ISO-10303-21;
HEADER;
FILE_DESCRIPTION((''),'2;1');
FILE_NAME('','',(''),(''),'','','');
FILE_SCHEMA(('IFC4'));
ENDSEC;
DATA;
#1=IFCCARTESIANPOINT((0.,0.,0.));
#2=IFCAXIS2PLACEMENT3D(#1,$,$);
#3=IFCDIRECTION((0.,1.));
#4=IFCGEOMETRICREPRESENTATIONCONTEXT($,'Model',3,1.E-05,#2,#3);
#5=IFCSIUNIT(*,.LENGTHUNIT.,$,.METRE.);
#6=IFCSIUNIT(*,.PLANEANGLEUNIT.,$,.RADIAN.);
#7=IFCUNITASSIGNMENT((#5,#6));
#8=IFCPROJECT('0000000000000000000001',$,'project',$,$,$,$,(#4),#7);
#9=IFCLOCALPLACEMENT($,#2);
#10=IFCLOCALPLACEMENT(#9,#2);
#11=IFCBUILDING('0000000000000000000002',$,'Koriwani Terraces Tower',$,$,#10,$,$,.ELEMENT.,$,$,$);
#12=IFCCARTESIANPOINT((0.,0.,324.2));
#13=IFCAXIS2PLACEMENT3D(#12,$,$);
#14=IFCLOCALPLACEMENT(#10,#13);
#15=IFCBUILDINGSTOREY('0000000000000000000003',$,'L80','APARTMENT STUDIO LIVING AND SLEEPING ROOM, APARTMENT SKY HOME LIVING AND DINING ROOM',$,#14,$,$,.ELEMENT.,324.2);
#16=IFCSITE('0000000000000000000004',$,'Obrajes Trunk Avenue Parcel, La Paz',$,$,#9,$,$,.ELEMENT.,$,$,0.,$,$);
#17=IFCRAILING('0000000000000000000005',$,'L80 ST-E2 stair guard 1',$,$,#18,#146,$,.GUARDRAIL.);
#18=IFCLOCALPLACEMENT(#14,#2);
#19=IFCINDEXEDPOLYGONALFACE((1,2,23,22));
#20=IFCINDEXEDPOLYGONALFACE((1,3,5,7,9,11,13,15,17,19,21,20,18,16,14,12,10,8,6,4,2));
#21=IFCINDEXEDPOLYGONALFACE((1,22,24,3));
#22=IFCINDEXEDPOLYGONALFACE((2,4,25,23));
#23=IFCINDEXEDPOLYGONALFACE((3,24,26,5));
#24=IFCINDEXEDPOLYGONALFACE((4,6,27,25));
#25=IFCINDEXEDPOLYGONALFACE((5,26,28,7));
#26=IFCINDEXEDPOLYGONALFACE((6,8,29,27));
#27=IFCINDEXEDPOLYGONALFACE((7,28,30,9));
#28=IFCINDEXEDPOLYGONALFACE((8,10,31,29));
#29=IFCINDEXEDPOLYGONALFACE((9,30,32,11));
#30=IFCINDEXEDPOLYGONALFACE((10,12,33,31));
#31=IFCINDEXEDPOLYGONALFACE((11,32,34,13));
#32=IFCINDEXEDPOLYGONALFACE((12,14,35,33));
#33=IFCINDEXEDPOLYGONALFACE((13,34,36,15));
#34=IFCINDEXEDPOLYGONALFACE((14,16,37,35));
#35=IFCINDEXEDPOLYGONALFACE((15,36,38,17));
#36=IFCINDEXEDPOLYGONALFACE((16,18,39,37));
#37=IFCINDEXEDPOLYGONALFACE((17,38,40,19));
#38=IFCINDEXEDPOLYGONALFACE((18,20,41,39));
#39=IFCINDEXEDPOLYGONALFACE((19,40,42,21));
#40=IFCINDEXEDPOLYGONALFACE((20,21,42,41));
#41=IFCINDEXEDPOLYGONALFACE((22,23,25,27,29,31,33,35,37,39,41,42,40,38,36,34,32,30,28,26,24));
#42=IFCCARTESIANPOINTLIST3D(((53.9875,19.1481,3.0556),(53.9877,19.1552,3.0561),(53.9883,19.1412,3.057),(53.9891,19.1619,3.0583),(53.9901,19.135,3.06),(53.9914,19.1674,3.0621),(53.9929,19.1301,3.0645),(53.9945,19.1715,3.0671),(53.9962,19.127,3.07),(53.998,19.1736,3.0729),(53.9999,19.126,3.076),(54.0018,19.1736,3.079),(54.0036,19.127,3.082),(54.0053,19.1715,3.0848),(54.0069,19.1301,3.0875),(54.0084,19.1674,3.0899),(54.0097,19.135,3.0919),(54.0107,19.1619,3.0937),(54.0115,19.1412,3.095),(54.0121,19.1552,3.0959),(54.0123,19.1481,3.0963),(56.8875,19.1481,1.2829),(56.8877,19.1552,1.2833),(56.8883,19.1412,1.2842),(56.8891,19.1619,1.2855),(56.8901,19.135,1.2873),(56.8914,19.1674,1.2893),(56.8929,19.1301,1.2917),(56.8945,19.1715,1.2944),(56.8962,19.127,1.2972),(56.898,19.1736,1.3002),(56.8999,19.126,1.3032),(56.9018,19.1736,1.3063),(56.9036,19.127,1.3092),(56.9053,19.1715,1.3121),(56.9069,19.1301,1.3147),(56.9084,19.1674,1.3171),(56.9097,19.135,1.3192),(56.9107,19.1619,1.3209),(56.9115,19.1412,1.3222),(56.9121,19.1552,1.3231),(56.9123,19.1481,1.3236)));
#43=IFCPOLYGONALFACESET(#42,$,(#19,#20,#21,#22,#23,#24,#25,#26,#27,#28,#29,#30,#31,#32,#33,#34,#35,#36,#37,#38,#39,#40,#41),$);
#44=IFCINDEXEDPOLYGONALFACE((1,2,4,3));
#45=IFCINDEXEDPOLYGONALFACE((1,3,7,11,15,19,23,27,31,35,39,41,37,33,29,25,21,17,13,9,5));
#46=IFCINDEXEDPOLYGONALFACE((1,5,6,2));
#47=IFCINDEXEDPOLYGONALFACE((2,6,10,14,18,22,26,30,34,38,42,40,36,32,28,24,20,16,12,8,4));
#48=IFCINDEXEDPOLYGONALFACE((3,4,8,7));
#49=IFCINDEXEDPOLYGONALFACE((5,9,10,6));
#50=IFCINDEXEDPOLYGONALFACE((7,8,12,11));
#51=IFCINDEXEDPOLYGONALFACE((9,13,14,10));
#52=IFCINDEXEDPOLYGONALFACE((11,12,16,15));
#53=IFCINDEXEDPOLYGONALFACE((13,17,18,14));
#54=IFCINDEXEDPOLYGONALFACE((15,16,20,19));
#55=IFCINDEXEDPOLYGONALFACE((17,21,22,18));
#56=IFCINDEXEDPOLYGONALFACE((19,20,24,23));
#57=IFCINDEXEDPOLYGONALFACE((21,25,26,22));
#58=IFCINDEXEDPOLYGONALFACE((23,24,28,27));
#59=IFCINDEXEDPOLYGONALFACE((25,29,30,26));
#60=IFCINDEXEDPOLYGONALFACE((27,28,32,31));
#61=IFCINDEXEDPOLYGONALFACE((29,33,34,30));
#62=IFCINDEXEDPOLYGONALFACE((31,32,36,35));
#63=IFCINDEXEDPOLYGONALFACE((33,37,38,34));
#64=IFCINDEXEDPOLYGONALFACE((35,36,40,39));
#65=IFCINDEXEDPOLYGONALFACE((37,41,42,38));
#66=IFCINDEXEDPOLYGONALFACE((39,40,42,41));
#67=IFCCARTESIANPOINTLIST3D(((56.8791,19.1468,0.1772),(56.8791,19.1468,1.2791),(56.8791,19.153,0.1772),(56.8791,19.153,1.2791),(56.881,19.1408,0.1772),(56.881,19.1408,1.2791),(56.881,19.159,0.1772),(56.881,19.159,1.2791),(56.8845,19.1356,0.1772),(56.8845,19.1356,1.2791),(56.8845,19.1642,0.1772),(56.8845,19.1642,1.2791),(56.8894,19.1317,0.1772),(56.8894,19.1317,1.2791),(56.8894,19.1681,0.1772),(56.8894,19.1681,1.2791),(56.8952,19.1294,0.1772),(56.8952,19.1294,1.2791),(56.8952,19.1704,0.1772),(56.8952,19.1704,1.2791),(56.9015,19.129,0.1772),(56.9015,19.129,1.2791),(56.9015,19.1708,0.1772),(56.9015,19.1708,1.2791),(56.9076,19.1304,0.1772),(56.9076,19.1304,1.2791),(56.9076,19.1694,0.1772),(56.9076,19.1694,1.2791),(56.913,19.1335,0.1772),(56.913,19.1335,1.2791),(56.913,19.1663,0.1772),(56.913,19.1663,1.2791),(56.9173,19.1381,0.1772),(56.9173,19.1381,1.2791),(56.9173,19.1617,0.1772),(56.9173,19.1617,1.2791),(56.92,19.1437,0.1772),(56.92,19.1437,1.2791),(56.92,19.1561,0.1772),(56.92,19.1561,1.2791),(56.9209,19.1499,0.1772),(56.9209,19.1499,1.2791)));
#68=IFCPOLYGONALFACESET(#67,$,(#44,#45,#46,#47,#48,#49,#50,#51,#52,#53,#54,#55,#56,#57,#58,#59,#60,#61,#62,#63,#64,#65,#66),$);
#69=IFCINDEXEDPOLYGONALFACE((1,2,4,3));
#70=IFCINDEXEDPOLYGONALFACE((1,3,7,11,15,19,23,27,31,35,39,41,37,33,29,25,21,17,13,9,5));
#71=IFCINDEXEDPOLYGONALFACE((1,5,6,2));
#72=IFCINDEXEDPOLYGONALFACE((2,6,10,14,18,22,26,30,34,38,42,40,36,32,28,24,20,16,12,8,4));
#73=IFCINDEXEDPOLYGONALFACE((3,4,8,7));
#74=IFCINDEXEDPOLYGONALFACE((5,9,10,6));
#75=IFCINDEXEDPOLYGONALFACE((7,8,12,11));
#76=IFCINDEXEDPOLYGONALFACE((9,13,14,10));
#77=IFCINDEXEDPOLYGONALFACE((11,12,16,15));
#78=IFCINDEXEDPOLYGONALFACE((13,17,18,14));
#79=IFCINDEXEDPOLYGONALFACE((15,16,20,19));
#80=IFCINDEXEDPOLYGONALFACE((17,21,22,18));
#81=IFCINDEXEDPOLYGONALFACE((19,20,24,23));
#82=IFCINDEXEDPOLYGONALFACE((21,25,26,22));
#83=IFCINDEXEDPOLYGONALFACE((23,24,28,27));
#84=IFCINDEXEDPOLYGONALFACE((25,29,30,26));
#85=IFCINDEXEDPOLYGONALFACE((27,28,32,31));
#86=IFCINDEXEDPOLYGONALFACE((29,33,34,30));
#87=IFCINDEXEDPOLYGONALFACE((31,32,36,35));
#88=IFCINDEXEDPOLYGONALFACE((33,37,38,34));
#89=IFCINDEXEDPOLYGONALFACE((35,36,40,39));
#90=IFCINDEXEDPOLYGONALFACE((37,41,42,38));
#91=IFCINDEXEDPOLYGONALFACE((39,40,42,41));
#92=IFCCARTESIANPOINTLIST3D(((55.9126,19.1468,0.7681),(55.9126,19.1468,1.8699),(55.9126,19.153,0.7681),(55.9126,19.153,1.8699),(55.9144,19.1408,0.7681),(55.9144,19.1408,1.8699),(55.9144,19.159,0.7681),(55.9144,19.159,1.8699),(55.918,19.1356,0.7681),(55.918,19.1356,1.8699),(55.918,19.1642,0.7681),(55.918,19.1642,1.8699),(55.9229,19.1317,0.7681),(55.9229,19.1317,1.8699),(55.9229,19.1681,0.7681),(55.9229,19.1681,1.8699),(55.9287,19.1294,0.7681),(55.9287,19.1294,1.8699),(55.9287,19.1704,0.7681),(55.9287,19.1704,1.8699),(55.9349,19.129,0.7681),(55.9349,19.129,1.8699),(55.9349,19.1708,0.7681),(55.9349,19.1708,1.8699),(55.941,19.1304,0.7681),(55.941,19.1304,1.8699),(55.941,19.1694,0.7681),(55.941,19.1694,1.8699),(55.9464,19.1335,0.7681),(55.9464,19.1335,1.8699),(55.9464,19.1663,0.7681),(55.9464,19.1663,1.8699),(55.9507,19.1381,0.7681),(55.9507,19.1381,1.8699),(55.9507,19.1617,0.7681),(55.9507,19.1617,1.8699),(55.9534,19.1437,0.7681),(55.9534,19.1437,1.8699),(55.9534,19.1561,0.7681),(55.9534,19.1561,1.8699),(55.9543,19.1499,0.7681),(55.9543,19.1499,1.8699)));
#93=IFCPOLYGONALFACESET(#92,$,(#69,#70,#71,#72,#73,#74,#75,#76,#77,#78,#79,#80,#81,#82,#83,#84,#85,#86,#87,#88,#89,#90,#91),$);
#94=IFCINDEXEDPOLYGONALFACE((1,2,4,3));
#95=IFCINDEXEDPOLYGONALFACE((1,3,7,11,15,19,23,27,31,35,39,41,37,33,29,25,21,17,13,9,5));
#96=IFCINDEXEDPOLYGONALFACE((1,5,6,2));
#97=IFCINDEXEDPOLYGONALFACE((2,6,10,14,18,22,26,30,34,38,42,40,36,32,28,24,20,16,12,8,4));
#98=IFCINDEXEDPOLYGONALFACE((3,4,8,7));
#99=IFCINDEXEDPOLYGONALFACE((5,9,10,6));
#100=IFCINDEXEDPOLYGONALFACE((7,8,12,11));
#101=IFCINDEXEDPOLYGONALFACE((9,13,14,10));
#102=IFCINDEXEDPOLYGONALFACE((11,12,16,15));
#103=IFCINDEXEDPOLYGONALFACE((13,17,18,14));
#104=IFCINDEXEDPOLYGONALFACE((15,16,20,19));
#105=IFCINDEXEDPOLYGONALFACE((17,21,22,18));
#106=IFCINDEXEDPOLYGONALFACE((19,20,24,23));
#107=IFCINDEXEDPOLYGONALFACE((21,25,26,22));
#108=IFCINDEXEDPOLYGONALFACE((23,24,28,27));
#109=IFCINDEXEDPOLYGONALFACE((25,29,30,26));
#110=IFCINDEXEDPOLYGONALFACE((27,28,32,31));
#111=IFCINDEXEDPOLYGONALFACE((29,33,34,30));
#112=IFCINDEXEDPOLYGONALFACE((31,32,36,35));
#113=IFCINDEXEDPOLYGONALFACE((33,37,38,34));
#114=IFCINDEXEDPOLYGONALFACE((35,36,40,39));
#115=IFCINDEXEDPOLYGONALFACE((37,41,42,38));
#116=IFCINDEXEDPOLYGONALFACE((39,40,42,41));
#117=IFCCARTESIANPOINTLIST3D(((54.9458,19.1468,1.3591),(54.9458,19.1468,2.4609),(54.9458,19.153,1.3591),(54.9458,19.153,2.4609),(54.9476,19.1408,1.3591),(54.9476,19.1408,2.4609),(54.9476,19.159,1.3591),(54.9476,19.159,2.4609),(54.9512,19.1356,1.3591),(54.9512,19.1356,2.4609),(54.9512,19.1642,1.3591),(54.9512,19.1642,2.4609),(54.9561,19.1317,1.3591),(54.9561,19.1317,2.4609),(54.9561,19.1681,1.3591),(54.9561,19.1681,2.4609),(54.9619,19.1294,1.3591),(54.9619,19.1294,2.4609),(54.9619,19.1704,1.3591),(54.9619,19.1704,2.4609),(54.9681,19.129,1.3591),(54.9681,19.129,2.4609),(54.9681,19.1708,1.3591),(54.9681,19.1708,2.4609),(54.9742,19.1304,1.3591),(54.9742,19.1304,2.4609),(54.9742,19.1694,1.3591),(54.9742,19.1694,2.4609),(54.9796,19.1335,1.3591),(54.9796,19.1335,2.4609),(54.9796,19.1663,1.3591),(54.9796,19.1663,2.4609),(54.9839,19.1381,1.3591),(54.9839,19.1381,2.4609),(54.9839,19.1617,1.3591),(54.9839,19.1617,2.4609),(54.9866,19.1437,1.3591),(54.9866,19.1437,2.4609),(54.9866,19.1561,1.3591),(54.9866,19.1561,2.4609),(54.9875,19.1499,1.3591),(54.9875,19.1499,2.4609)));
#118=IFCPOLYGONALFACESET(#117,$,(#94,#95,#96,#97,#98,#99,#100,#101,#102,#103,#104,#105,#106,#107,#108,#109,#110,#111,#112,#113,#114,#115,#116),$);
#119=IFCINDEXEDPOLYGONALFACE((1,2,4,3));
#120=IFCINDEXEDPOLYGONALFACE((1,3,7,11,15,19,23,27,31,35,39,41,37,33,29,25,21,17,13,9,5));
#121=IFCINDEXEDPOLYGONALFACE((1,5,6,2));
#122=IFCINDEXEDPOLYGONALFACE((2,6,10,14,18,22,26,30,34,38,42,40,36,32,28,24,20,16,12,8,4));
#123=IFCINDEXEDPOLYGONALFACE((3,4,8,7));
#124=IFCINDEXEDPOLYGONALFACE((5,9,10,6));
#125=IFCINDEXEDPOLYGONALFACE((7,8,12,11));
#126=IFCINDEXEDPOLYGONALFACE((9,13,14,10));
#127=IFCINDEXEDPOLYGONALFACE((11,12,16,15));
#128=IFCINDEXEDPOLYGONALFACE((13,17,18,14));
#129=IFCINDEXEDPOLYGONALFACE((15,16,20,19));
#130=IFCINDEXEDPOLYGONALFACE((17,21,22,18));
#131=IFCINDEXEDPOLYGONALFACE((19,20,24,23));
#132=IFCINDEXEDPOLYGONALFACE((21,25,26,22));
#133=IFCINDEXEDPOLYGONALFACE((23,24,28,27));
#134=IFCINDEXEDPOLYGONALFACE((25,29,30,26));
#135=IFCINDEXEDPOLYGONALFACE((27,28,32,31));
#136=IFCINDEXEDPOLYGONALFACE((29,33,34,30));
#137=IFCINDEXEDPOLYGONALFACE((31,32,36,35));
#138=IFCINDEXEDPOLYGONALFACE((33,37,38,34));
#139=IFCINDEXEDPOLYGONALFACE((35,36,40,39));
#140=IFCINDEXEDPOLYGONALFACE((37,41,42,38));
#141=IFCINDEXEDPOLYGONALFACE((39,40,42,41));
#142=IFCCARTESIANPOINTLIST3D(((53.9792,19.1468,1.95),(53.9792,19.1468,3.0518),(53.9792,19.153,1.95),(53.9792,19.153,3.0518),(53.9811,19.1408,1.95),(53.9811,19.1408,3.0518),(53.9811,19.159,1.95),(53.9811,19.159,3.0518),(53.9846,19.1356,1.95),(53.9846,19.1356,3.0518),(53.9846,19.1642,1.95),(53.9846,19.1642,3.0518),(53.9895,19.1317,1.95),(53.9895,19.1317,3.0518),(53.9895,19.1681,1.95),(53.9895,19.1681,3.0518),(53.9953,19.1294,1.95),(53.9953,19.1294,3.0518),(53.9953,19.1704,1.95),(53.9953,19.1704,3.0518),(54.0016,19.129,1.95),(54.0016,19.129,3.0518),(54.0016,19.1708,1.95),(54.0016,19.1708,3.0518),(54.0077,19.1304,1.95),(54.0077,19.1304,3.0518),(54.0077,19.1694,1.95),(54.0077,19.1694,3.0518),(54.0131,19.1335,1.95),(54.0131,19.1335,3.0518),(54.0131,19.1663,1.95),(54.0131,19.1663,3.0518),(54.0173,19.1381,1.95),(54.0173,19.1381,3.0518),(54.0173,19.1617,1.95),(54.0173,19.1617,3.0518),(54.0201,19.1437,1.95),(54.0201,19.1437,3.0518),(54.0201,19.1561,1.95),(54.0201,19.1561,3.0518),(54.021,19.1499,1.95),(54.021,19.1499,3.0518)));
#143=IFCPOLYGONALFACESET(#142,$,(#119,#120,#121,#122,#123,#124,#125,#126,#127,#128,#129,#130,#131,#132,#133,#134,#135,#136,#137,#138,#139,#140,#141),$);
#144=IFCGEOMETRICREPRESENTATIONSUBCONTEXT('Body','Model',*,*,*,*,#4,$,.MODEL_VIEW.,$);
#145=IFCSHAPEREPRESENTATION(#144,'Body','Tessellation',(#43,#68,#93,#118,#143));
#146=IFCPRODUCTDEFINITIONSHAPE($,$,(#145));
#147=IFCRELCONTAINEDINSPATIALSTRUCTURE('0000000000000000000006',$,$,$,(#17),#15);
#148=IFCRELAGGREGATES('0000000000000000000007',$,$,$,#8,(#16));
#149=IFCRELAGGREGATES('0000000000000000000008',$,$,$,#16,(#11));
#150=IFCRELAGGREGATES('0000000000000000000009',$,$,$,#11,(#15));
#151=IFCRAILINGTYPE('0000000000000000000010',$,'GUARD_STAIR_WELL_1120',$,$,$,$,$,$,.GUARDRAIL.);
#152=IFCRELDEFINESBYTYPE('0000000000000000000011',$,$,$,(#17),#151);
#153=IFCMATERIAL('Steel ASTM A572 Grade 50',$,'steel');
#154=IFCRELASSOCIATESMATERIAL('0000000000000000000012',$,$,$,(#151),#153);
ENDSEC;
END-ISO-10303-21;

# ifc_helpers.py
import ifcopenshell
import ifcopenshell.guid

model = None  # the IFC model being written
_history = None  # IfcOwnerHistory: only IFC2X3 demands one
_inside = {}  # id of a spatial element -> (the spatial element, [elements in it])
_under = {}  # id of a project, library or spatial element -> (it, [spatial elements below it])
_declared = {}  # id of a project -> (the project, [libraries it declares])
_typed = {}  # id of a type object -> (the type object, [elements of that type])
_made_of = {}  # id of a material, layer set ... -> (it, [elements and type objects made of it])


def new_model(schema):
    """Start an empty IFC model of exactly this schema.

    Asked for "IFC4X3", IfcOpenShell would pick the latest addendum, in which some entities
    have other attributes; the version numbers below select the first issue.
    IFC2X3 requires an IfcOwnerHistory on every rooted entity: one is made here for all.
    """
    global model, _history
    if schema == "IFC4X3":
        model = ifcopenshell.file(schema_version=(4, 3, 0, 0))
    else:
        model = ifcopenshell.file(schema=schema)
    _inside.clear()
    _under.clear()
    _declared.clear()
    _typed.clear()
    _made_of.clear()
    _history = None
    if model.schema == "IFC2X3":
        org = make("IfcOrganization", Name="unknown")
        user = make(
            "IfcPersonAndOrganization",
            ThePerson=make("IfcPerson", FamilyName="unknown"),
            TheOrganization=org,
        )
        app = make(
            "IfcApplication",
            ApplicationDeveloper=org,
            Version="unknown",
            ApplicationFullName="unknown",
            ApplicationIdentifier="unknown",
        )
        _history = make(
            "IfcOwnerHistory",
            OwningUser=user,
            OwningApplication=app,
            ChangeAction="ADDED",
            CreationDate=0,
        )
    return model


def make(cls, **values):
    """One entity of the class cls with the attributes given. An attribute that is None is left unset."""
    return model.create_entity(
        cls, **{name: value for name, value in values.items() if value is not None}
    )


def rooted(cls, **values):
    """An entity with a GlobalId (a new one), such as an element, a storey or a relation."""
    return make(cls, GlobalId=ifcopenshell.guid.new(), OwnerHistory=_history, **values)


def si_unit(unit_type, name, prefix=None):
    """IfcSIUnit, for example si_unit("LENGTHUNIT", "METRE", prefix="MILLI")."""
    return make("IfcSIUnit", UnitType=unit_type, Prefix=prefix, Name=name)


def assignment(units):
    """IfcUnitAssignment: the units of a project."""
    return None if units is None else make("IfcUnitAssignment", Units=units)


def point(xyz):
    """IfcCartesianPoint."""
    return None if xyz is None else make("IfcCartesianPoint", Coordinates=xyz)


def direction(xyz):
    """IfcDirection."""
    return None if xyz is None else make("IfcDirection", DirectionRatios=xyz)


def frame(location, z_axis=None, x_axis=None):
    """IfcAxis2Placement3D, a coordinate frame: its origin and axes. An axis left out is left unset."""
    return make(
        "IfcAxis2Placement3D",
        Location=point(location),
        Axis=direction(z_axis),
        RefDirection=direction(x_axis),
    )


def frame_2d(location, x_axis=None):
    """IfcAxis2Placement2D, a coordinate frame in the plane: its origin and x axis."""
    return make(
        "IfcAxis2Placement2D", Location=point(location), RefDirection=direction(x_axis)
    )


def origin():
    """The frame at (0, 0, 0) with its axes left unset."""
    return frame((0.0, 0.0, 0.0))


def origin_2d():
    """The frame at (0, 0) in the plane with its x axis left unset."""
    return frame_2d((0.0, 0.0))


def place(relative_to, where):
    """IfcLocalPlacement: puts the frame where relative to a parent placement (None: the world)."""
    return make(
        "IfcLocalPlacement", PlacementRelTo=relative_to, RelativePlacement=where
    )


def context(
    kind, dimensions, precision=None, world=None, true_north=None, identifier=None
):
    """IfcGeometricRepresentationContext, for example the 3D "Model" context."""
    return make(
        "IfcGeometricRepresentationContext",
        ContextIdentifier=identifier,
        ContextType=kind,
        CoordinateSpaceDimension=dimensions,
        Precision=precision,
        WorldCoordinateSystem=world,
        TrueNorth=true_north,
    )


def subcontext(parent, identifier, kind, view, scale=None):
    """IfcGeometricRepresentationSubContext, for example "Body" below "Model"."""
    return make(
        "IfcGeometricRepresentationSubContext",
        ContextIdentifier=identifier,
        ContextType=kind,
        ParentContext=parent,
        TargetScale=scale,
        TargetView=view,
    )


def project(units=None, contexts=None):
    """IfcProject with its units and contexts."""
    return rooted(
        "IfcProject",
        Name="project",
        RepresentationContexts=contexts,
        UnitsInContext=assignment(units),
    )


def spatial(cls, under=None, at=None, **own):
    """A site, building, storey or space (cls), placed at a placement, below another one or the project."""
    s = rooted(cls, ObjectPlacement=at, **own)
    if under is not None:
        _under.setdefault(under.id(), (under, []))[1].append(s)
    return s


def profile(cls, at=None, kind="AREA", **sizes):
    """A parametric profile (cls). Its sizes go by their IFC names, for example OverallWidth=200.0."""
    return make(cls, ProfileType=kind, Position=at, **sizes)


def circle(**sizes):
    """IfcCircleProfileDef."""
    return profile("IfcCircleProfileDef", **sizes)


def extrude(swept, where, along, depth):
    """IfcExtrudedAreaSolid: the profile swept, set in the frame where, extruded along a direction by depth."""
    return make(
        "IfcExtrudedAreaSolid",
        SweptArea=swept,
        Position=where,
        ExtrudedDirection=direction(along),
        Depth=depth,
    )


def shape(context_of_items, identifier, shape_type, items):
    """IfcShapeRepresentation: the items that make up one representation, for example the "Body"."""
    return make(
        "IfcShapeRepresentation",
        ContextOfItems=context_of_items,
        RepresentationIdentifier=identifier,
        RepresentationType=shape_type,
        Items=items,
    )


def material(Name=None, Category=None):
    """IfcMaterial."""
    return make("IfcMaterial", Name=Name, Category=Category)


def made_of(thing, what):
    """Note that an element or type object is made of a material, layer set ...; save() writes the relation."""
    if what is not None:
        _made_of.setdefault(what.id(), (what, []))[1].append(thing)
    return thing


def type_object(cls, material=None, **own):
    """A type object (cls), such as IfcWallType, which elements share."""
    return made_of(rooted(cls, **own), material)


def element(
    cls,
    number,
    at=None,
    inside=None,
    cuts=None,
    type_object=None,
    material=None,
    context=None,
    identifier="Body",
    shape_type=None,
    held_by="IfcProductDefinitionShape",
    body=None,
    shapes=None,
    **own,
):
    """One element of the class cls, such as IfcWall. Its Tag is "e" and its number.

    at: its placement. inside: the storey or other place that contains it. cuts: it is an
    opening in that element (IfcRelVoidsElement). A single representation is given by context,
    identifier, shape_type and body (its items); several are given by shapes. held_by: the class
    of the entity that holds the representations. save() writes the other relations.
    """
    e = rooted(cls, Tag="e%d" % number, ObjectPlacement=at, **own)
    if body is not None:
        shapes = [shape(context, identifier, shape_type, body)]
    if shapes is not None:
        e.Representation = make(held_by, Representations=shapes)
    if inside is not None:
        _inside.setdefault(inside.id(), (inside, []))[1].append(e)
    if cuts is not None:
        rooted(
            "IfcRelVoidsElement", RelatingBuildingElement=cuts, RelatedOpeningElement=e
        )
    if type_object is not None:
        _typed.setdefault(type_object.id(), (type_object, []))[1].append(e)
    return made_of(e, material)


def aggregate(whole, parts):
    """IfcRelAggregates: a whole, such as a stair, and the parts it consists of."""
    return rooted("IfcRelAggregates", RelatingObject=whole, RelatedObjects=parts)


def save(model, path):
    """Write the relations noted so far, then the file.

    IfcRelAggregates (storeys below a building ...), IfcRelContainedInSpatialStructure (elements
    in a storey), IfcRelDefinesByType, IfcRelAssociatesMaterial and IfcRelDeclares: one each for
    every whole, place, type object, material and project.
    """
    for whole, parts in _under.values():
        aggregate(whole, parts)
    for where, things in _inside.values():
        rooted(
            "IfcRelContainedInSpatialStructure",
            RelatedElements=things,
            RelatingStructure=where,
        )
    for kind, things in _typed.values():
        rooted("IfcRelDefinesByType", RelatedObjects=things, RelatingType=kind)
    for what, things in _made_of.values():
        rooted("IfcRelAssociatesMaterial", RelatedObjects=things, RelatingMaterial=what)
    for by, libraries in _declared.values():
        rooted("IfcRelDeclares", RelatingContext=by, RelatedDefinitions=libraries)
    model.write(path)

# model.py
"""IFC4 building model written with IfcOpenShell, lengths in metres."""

from ifc_helpers import new_model, si_unit, direction, frame, origin, origin_2d, place, context, subcontext, project, spatial, circle, extrude, material, type_object, element, save


model = new_model("IFC4")

# Units and contexts
model_context = context("Model", 3, precision=1e-05, world=origin(), true_north=direction((0.0, 1.0)))
body_context = subcontext(model_context, "Body", "Model", "MODEL_VIEW")
ifc_project = project(units=[si_unit("LENGTHUNIT", "METRE"), si_unit("PLANEANGLEUNIT", "RADIAN")], contexts=[model_context])

# Site, building, storey
site_placement = place(None, origin())
site = spatial("IfcSite", under=ifc_project, at=site_placement, Name="Obrajes Trunk Avenue Parcel, La Paz", CompositionType="ELEMENT", RefElevation=0.0)
building_placement = place(site_placement, origin())
building = spatial("IfcBuilding", under=site, at=building_placement, Name="Koriwani Terraces Tower", CompositionType="ELEMENT")
storey_placement = place(building_placement, frame((0.0, 0.0, 324.2)))
storey = spatial("IfcBuildingStorey", under=building, at=storey_placement, Name="L80", Description="APARTMENT STUDIO LIVING AND SLEEPING ROOM, APARTMENT SKY HOME LIVING AND DINING ROOM", CompositionType="ELEMENT", Elevation=324.2)

# Shared definitions
ifc_material_1 = material(Name="Steel ASTM A572 Grade 50", Category="steel")

# Railing
railing_type_1 = type_object("IfcRailingType", Name="GUARD_STAIR_WELL_1120", PredefinedType="GUARDRAIL", material=ifc_material_1)
railing_placement = place(storey_placement, frame((56.8999, 19.1499, 0.1772)))
element("IfcRailing", 1, at=railing_placement, inside=storey, type_object=railing_type_1, Name="L80 ST-E2 stair guard 1", PredefinedType="GUARDRAIL", context=body_context, shape_type="SweptSolid", body=[
    extrude(circle(Radius=0.0239, at=origin_2d()), frame((0.0, 0.0, 1.126), z_axis=(-0.853211, 0.0, 0.521566), x_axis=(0.0, -1.0, 0.0)), (0.0, 0.0, 1.0), 3.3989),
    extrude(circle(Radius=0.021, at=origin_2d()), origin(), (0.0, 0.0, 1.0), 1.1018),
    extrude(circle(Radius=0.021, at=origin_2d()), frame((-0.9666, 0.0, 0.5908)), (0.0, 0.0, 1.0), 1.1018),
    extrude(circle(Radius=0.021, at=origin_2d()), frame((-1.9333, 0.0, 1.1819)), (0.0, 0.0, 1.0), 1.1018),
    extrude(circle(Radius=0.021, at=origin_2d()), frame((-2.8999, 0.0, 1.7727)), (0.0, 0.0, 1.0), 1.1018),
])

save(model, "model.ifc")
